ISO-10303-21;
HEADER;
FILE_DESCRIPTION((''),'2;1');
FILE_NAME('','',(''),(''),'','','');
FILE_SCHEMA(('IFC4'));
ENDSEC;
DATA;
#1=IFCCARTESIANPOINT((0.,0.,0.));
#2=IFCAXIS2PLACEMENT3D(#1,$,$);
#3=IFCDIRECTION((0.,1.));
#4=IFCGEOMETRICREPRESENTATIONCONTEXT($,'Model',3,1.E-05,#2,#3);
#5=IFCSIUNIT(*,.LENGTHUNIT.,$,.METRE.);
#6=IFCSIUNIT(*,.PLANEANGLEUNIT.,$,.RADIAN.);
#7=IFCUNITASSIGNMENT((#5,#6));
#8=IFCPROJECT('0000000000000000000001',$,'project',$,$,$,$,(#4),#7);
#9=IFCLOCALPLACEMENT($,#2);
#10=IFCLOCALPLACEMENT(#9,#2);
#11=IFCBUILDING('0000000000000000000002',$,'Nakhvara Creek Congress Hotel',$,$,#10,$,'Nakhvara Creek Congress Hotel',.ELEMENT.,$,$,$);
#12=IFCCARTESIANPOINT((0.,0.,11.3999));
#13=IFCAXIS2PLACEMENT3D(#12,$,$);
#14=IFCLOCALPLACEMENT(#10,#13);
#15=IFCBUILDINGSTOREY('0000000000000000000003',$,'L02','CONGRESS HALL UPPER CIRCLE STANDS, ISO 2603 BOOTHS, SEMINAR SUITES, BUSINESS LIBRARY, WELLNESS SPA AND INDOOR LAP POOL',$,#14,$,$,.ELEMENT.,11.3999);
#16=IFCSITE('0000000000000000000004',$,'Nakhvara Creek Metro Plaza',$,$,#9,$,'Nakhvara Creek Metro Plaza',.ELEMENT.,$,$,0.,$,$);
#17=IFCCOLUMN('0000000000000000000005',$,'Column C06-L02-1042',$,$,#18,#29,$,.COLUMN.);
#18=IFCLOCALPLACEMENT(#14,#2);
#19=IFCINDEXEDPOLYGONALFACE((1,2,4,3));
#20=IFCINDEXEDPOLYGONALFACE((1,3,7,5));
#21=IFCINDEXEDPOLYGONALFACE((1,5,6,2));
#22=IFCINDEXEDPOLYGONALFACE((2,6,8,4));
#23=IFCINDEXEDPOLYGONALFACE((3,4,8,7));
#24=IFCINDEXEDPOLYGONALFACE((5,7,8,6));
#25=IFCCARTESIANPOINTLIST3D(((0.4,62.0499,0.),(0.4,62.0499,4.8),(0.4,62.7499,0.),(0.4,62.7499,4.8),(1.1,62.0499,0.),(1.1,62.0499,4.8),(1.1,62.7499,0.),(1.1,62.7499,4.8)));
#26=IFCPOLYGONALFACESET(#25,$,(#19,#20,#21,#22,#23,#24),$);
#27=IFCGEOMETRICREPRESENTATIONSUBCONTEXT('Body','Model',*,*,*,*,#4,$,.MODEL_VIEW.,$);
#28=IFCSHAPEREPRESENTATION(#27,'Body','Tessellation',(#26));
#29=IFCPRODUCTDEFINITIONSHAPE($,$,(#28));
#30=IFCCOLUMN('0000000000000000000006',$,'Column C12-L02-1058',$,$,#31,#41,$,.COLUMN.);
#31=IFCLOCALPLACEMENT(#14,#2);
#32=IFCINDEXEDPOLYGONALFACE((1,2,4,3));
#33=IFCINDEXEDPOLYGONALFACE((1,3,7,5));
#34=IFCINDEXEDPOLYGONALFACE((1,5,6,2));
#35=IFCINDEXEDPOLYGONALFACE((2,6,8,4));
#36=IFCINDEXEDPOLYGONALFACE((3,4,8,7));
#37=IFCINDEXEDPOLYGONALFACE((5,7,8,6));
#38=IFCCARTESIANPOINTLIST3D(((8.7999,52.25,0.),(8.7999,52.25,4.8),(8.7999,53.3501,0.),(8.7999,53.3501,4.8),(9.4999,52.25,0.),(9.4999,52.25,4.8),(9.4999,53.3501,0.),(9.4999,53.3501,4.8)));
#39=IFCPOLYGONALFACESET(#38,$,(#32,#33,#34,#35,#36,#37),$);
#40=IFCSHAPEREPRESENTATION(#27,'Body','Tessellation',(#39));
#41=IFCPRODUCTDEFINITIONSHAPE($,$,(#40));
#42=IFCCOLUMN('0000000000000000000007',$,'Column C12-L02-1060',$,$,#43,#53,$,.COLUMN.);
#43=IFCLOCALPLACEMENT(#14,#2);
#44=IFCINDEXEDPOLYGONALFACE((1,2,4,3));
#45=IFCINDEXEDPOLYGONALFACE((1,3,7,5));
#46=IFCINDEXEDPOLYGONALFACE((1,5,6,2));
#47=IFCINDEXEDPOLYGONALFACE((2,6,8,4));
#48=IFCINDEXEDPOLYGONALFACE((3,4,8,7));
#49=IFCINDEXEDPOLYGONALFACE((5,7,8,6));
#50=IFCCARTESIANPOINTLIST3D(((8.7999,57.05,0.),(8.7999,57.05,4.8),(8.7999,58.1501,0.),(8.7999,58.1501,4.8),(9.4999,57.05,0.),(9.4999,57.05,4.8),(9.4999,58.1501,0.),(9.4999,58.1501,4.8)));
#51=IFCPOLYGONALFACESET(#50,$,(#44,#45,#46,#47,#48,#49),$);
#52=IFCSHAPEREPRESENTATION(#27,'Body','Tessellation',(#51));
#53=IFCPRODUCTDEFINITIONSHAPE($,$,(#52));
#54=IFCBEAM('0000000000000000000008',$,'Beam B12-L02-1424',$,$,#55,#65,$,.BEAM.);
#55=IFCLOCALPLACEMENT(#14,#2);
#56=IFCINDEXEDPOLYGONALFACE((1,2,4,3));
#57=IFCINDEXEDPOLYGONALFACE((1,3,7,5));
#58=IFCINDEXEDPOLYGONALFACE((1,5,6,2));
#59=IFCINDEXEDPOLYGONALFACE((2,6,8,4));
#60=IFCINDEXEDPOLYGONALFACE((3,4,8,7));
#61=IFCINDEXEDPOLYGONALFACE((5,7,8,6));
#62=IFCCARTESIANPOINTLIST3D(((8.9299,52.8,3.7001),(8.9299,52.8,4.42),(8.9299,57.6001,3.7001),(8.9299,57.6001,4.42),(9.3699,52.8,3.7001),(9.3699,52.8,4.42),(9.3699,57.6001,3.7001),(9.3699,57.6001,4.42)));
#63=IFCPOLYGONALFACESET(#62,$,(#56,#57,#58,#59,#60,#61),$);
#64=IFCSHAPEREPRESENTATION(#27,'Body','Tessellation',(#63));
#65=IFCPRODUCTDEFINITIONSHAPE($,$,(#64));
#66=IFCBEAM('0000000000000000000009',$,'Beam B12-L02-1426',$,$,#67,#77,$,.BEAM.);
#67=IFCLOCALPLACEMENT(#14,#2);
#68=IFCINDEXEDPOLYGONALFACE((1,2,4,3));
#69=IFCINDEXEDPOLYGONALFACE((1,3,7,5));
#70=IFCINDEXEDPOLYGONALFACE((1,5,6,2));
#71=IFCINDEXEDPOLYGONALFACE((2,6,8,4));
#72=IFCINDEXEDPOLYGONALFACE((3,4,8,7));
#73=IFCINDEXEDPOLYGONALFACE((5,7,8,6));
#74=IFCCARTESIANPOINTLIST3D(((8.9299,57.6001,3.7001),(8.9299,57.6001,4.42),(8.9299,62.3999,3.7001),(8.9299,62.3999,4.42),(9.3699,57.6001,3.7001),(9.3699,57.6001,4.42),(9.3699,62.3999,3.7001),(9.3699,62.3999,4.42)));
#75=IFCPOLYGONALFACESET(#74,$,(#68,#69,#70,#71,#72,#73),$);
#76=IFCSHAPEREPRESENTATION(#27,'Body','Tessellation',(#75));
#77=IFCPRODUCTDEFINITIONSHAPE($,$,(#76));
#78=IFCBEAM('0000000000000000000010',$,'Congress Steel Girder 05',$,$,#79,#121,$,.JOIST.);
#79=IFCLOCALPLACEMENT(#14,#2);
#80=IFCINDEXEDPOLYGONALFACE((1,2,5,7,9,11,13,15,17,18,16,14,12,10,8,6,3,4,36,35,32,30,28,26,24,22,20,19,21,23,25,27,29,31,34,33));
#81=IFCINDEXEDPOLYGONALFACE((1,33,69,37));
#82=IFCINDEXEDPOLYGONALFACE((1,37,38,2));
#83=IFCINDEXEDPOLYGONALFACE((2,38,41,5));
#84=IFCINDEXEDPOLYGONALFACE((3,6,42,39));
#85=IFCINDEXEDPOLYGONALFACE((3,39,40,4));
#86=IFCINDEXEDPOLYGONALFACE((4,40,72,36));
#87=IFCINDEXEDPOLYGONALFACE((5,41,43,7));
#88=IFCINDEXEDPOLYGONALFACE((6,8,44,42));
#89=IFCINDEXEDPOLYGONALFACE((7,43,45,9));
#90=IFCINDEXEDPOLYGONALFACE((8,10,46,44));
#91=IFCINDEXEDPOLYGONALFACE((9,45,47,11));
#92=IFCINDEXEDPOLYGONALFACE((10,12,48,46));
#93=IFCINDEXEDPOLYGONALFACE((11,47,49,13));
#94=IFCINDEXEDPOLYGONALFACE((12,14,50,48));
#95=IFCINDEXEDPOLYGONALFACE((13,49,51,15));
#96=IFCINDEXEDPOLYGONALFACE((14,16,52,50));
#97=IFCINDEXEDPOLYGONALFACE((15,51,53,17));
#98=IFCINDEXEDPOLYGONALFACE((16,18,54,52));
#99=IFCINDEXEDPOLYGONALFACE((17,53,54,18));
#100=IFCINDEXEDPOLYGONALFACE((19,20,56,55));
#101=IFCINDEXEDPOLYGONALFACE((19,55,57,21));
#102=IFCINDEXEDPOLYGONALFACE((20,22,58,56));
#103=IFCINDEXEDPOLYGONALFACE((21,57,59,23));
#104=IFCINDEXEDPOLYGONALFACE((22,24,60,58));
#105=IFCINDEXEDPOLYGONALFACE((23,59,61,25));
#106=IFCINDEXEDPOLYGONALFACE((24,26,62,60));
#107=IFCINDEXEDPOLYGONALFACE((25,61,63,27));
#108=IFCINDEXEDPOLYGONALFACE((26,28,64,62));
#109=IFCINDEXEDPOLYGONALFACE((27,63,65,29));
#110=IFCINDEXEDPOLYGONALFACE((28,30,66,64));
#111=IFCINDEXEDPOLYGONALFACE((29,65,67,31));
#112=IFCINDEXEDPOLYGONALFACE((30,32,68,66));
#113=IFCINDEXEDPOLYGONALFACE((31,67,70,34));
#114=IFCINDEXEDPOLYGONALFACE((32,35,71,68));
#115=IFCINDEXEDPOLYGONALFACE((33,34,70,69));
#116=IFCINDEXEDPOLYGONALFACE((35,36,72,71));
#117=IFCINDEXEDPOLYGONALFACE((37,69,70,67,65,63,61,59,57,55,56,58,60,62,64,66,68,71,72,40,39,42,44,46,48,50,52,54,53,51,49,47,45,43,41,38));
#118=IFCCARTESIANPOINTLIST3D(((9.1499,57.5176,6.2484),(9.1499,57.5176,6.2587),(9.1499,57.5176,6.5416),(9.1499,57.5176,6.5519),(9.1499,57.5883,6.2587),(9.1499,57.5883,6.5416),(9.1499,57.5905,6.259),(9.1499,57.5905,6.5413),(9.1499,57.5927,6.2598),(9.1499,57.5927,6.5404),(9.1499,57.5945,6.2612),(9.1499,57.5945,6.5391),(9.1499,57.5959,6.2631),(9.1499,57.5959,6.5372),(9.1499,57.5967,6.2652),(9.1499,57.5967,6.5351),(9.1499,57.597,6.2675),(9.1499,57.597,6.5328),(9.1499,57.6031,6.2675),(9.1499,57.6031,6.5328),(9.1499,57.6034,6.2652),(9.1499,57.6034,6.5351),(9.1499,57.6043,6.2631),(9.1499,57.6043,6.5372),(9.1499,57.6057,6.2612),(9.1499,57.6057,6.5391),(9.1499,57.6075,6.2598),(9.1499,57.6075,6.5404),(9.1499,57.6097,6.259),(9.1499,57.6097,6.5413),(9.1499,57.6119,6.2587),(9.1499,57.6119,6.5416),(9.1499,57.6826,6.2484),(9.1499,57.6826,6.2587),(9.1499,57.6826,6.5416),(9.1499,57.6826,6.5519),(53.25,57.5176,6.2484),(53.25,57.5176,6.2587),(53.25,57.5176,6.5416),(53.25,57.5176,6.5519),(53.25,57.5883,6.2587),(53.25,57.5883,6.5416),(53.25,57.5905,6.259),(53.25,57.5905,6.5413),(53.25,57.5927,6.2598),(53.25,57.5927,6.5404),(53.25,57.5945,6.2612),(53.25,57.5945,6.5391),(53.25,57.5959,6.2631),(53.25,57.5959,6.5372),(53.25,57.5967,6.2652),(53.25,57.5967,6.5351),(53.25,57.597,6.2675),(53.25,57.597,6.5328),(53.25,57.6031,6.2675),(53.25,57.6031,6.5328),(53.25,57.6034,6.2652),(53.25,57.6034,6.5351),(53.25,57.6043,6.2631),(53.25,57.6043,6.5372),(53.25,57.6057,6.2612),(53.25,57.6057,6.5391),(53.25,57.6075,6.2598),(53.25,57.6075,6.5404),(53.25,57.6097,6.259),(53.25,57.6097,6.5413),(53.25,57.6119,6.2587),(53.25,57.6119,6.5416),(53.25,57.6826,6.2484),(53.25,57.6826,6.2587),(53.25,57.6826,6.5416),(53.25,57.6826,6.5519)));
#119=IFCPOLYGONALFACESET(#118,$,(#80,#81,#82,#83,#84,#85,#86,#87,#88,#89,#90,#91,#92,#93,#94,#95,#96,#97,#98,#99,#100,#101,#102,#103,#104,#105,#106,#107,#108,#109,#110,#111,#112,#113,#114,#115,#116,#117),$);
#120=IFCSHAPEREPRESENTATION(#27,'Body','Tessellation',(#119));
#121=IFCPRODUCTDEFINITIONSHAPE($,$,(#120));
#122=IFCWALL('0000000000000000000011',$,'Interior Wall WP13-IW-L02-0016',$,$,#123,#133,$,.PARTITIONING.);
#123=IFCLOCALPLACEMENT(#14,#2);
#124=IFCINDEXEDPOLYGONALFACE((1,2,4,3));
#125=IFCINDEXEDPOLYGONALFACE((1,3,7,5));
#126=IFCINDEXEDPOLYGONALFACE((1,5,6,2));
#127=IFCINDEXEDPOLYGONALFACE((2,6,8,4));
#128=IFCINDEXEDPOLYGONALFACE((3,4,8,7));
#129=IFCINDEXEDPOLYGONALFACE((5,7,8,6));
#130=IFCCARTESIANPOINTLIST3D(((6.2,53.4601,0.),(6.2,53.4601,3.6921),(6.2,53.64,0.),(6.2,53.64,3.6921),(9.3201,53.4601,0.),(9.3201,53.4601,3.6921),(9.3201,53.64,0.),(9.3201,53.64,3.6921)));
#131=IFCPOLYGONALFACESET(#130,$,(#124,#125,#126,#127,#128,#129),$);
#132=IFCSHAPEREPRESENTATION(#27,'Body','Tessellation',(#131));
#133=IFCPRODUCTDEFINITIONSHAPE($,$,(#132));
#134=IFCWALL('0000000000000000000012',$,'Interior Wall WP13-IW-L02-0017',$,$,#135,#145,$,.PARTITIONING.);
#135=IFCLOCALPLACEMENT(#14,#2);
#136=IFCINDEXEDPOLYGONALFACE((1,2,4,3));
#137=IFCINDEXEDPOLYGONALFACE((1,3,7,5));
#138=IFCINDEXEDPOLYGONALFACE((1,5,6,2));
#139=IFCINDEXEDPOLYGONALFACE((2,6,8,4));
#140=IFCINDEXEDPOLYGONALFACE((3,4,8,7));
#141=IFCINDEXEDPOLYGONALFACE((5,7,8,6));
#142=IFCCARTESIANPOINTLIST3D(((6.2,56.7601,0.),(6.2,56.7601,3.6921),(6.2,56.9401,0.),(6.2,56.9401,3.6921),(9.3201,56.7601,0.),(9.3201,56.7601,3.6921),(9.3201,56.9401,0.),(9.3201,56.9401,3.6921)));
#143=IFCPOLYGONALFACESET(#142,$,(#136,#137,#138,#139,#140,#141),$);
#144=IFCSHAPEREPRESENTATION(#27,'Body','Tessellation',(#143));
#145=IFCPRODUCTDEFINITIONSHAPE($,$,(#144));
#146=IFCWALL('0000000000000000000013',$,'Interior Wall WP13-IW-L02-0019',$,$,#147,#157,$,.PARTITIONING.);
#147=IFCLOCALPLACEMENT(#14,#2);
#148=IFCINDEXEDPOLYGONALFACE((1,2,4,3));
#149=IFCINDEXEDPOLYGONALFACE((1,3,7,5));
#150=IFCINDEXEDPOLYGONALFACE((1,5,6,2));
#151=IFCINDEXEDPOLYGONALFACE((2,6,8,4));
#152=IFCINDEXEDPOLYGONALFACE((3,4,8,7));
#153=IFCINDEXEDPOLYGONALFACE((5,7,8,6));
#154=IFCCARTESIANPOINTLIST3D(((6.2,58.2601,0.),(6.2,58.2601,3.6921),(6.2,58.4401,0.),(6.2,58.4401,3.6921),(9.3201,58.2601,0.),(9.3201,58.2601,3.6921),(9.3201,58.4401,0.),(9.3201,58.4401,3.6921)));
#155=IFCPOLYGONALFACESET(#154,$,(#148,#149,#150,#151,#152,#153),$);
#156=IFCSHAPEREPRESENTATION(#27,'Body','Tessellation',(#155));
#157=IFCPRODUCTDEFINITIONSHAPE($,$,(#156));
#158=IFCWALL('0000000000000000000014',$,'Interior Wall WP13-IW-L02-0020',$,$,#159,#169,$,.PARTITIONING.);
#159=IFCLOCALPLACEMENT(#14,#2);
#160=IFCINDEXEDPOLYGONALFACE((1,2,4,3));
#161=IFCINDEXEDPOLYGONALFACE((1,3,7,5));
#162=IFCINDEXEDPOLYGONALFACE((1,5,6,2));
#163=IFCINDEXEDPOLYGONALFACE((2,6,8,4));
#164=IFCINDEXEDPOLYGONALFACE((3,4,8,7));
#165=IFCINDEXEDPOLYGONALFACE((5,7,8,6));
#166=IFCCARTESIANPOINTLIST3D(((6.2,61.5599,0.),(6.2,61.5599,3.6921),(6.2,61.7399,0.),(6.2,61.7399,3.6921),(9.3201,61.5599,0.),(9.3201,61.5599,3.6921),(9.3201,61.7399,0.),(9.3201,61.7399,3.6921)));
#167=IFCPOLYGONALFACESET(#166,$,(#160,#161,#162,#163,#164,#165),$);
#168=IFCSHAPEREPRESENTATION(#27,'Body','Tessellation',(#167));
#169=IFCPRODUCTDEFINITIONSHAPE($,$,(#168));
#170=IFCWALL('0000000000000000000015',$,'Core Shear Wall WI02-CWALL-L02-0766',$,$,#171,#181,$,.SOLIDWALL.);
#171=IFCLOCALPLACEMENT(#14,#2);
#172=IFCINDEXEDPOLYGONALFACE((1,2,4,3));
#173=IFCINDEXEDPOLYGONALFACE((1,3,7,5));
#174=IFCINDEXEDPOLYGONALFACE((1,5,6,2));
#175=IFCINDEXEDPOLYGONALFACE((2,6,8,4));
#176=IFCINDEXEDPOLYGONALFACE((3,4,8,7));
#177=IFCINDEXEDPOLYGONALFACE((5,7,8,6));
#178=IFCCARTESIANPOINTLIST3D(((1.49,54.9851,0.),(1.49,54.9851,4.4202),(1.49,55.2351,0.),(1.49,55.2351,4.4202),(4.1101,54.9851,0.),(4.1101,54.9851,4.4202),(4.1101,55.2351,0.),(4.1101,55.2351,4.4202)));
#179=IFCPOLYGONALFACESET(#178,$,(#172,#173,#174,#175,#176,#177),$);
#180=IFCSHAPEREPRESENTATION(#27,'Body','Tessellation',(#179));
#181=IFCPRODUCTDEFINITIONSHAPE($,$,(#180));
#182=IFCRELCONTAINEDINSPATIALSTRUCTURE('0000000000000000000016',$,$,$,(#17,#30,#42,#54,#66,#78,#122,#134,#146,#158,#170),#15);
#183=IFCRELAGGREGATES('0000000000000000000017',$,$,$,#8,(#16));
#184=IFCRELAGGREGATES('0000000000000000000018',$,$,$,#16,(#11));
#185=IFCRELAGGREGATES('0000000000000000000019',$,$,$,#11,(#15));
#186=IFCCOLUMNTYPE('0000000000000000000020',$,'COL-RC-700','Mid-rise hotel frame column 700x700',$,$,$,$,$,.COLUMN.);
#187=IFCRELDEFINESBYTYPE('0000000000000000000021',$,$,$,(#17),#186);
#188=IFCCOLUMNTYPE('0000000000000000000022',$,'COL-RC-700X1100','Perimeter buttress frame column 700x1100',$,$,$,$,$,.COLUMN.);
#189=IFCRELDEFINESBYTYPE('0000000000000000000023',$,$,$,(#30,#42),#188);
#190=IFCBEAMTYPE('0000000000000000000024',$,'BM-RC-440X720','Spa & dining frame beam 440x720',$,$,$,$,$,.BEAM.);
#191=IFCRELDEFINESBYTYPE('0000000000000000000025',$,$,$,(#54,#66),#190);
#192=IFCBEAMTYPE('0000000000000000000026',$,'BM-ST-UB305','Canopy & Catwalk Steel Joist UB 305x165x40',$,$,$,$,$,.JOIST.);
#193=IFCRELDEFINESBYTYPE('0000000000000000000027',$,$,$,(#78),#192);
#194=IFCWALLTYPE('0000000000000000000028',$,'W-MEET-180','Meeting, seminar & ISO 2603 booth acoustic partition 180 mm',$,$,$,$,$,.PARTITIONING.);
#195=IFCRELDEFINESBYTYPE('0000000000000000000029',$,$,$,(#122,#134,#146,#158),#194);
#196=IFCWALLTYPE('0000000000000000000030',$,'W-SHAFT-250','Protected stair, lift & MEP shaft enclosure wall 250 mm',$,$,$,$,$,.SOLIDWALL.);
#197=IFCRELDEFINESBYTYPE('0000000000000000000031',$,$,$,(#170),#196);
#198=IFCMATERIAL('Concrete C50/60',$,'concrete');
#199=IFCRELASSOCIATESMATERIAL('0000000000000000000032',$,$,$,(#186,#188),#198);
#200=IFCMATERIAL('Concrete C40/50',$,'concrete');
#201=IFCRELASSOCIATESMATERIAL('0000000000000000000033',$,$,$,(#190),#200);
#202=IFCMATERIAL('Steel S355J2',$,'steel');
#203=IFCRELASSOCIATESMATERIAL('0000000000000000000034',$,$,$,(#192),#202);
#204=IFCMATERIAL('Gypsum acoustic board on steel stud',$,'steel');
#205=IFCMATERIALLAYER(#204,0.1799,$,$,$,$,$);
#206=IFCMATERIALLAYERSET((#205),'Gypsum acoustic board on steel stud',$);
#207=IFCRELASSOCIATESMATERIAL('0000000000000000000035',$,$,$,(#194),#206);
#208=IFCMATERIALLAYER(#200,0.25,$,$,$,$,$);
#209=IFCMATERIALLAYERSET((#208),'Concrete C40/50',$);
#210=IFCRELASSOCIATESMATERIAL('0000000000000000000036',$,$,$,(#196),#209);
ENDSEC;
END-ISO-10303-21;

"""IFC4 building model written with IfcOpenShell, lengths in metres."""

from ifc_helpers import new_model, si_unit, direction, frame, frame_2d, origin, origin_2d, place, context, subcontext, project, spatial, rectangle, i_section, extrude, material, layer, layer_set, material_profile, profile_set, type_object, element, save


model = new_model("IFC4")

# Units and contexts
model_context = context("Model", 3, precision=1e-05, world=origin(), true_north=direction((0.0, 1.0)))
body_context = subcontext(model_context, "Body", "Model", "MODEL_VIEW")
ifc_project = project(units=[si_unit("LENGTHUNIT", "METRE"), si_unit("PLANEANGLEUNIT", "RADIAN")], contexts=[model_context])

# Site, building, storey
site_placement = place(None, origin())
site = spatial("IfcSite", under=ifc_project, at=site_placement, Name="Nakhvara Creek Metro Plaza", LongName="Nakhvara Creek Metro Plaza", CompositionType="ELEMENT", RefElevation=0.0)
building_placement = place(site_placement, origin())
building = spatial("IfcBuilding", under=site, at=building_placement, Name="Nakhvara Creek Congress Hotel", LongName="Nakhvara Creek Congress Hotel", CompositionType="ELEMENT")
storey_placement = place(building_placement, frame((0.0, 0.0, 11.3999)))
storey = spatial("IfcBuildingStorey", under=building, at=storey_placement, Name="L02", Description="CONGRESS HALL UPPER CIRCLE STANDS, ISO 2603 BOOTHS, SEMINAR SUITES, BUSINESS LIBRARY, WELLNESS SPA AND INDOOR LAP POOL", CompositionType="ELEMENT", Elevation=11.3999)

# Columns
ifc_material_1 = material(Name="Concrete C50/60", Category="concrete")
ifc_material_profile_1 = material_profile(ifc_material_1, rectangle(XDim=0.7, YDim=0.7, at=origin_2d()), Name="RC-COL 700x700", Category="LoadBearing")
ifc_profile_set_1 = profile_set([ifc_material_profile_1], Name="Concrete C50/60")
column_type_1 = type_object("IfcColumnType", Name="COL-RC-700", Description="Mid-rise hotel frame column 700x700", PredefinedType="COLUMN", material=ifc_profile_set_1)
column_placement = place(storey_placement, frame((0.75, 62.3999, 0.0), z_axis=(0.0, 0.0, 1.0), x_axis=(1.0, 0.0, 0.0)))
element("IfcColumn", 1, at=column_placement, inside=storey, type_object=column_type_1, Name="Column C06-L02-1042", PredefinedType="COLUMN", context=body_context, shape_type="SweptSolid", body=[
    extrude(rectangle(XDim=0.7, YDim=0.7, at=origin_2d()), origin(), (0.0, 0.0, 1.0), 4.8),
])
ifc_material_profile_2 = material_profile(ifc_material_1, rectangle(XDim=0.7, YDim=1.1001, at=origin_2d()), Name="RC-COL 700x1100", Category="LoadBearing")
ifc_profile_set_2 = profile_set([ifc_material_profile_2], Name="Concrete C50/60")
column_type_2 = type_object("IfcColumnType", Name="COL-RC-700X1100", Description="Perimeter buttress frame column 700x1100", PredefinedType="COLUMN", material=ifc_profile_set_2)
for number, where, z_axis, x_axis, name in (
    (2, (9.1499, 52.8, 0.0), (0.0, 0.0, 1.0), (1.0, 0.0, 0.0), "Column C12-L02-1058"),
    (3, (9.1499, 57.6001, 0.0), (0.0, 0.0, 1.0), (1.0, 0.0, 0.0), "Column C12-L02-1060"),
):
    element("IfcColumn", number, at=place(storey_placement, frame(where, z_axis=z_axis, x_axis=x_axis)), inside=storey, type_object=column_type_2, Name=name, PredefinedType="COLUMN", context=body_context, shape_type="SweptSolid", body=[
        extrude(rectangle(XDim=0.7, YDim=1.1001, at=origin_2d()), origin(), (0.0, 0.0, 1.0), 4.8),
    ])

# Beams
ifc_material_2 = material(Name="Concrete C40/50", Category="concrete")
ifc_material_profile_3 = material_profile(ifc_material_2, rectangle(XDim=0.4399, YDim=0.72, at=origin_2d()), Name="RC-BM 440x720", Category="LoadBearing")
ifc_profile_set_3 = profile_set([ifc_material_profile_3], Name="Concrete C40/50")
beam_type_1 = type_object("IfcBeamType", Name="BM-RC-440X720", Description="Spa & dining frame beam 440x720", PredefinedType="BEAM", material=ifc_profile_set_3)
beam_1_placement = place(storey_placement, frame((9.1499, 52.8, 4.0601), z_axis=(0.0, 1.0, 0.0), x_axis=(-1.0, 0.0, 0.0)))
element("IfcBeam", 4, at=beam_1_placement, inside=storey, type_object=beam_type_1, Name="Beam B12-L02-1424", PredefinedType="BEAM", context=body_context, shape_type="SweptSolid", body=[
    extrude(rectangle(XDim=0.4399, YDim=0.72, at=origin_2d()), origin(), (0.0, 0.0, 1.0), 4.8),
])
beam_2_placement = place(storey_placement, frame((9.1499, 57.6001, 4.0601), z_axis=(0.0, 1.0, 0.0), x_axis=(-1.0, 0.0, 0.0)))
element("IfcBeam", 5, at=beam_2_placement, inside=storey, type_object=beam_type_1, Name="Beam B12-L02-1426", PredefinedType="BEAM", context=body_context, shape_type="SweptSolid", body=[
    extrude(rectangle(XDim=0.4399, YDim=0.72, at=origin_2d()), origin(), (0.0, 0.0, 1.0), 4.7998),
])
ifc_material_3 = material(Name="Steel S355J2", Category="steel")
ifc_material_profile_4 = material_profile(ifc_material_3, i_section(OverallWidth=0.165, OverallDepth=0.3035, WebThickness=0.0061, FlangeThickness=0.0103, FilletRadius=0.0088, at=origin_2d()), Name="UB 305x165x40", Category="LoadBearing")
ifc_profile_set_4 = profile_set([ifc_material_profile_4], Name="Steel S355J2")
beam_type_2 = type_object("IfcBeamType", Name="BM-ST-UB305", Description="Canopy & Catwalk Steel Joist UB 305x165x40", PredefinedType="JOIST", material=ifc_profile_set_4)
beam_3_placement = place(storey_placement, frame((9.1499, 57.6001, 6.4001), z_axis=(1.0, 0.0, 0.0), x_axis=(0.0, 1.0, 0.0)))
element("IfcBeam", 6, at=beam_3_placement, inside=storey, type_object=beam_type_2, Name="Congress Steel Girder 05", PredefinedType="JOIST", context=body_context, shape_type="SweptSolid", body=[
    extrude(i_section(OverallWidth=0.165, OverallDepth=0.3035, WebThickness=0.0061, FlangeThickness=0.0103, FilletRadius=0.0088, at=origin_2d()), origin(), (0.0, 0.0, 1.0), 44.1001),
])

# Shared definitions
ifc_material_4 = material(Name="Gypsum acoustic board on steel stud", Category="steel")
ifc_layer_1 = layer(ifc_material_4, 0.1799)
ifc_layer_set_1 = layer_set([ifc_layer_1], Name="Gypsum acoustic board on steel stud")
wall_type_1 = type_object("IfcWallType", Name="W-MEET-180", Description="Meeting, seminar & ISO 2603 booth acoustic partition 180 mm", PredefinedType="PARTITIONING", material=ifc_layer_set_1)

# Walls
for number, where, z_axis, x_axis, name in (
    (7, (6.2, 53.55, 0.0), (0.0, 0.0, 1.0), (1.0, 0.0, 0.0), "Interior Wall WP13-IW-L02-0016"),
    (8, (6.2, 56.8501, 0.0), (0.0, 0.0, 1.0), (1.0, 0.0, 0.0), "Interior Wall WP13-IW-L02-0017"),
):
    element("IfcWall", number, at=place(storey_placement, frame(where, z_axis=z_axis, x_axis=x_axis)), inside=storey, type_object=wall_type_1, Name=name, PredefinedType="PARTITIONING", context=body_context, shape_type="SweptSolid", body=[
        extrude(rectangle(XDim=3.1201, YDim=0.1799, at=frame_2d((1.5601, 0.0))), origin(), (0.0, 0.0, 1.0), 3.6921),
    ])

# Walls
for number, where, z_axis, x_axis, name in (
    (9, (6.2, 58.3501, 0.0), (0.0, 0.0, 1.0), (1.0, 0.0, 0.0), "Interior Wall WP13-IW-L02-0019"),
    (10, (6.2, 61.6499, 0.0), (0.0, 0.0, 1.0), (1.0, 0.0, 0.0), "Interior Wall WP13-IW-L02-0020"),
):
    element("IfcWall", number, at=place(storey_placement, frame(where, z_axis=z_axis, x_axis=x_axis)), inside=storey, type_object=wall_type_1, Name=name, PredefinedType="PARTITIONING", context=body_context, shape_type="SweptSolid", body=[
        extrude(rectangle(XDim=3.1201, YDim=0.1799, at=frame_2d((1.5601, 0.0))), origin(), (0.0, 0.0, 1.0), 3.6921),
    ])
ifc_layer_2 = layer(ifc_material_2, 0.25)
ifc_layer_set_2 = layer_set([ifc_layer_2], Name="Concrete C40/50")
wall_type_2 = type_object("IfcWallType", Name="W-SHAFT-250", Description="Protected stair, lift & MEP shaft enclosure wall 250 mm", PredefinedType="SOLIDWALL", material=ifc_layer_set_2)
wall_1_placement = place(storey_placement, frame((1.49, 55.1101, 0.0), z_axis=(0.0, 0.0, 1.0), x_axis=(1.0, 0.0, 0.0)))
element("IfcWall", 11, at=wall_1_placement, inside=storey, type_object=wall_type_2, Name="Core Shear Wall WI02-CWALL-L02-0766", PredefinedType="SOLIDWALL", context=body_context, shape_type="SweptSolid", body=[
    extrude(rectangle(XDim=2.6201, YDim=0.25, at=frame_2d((1.3101, 0.0))), origin(), (0.0, 0.0, 1.0), 4.4202),
])

save(model, "model.ifc")
